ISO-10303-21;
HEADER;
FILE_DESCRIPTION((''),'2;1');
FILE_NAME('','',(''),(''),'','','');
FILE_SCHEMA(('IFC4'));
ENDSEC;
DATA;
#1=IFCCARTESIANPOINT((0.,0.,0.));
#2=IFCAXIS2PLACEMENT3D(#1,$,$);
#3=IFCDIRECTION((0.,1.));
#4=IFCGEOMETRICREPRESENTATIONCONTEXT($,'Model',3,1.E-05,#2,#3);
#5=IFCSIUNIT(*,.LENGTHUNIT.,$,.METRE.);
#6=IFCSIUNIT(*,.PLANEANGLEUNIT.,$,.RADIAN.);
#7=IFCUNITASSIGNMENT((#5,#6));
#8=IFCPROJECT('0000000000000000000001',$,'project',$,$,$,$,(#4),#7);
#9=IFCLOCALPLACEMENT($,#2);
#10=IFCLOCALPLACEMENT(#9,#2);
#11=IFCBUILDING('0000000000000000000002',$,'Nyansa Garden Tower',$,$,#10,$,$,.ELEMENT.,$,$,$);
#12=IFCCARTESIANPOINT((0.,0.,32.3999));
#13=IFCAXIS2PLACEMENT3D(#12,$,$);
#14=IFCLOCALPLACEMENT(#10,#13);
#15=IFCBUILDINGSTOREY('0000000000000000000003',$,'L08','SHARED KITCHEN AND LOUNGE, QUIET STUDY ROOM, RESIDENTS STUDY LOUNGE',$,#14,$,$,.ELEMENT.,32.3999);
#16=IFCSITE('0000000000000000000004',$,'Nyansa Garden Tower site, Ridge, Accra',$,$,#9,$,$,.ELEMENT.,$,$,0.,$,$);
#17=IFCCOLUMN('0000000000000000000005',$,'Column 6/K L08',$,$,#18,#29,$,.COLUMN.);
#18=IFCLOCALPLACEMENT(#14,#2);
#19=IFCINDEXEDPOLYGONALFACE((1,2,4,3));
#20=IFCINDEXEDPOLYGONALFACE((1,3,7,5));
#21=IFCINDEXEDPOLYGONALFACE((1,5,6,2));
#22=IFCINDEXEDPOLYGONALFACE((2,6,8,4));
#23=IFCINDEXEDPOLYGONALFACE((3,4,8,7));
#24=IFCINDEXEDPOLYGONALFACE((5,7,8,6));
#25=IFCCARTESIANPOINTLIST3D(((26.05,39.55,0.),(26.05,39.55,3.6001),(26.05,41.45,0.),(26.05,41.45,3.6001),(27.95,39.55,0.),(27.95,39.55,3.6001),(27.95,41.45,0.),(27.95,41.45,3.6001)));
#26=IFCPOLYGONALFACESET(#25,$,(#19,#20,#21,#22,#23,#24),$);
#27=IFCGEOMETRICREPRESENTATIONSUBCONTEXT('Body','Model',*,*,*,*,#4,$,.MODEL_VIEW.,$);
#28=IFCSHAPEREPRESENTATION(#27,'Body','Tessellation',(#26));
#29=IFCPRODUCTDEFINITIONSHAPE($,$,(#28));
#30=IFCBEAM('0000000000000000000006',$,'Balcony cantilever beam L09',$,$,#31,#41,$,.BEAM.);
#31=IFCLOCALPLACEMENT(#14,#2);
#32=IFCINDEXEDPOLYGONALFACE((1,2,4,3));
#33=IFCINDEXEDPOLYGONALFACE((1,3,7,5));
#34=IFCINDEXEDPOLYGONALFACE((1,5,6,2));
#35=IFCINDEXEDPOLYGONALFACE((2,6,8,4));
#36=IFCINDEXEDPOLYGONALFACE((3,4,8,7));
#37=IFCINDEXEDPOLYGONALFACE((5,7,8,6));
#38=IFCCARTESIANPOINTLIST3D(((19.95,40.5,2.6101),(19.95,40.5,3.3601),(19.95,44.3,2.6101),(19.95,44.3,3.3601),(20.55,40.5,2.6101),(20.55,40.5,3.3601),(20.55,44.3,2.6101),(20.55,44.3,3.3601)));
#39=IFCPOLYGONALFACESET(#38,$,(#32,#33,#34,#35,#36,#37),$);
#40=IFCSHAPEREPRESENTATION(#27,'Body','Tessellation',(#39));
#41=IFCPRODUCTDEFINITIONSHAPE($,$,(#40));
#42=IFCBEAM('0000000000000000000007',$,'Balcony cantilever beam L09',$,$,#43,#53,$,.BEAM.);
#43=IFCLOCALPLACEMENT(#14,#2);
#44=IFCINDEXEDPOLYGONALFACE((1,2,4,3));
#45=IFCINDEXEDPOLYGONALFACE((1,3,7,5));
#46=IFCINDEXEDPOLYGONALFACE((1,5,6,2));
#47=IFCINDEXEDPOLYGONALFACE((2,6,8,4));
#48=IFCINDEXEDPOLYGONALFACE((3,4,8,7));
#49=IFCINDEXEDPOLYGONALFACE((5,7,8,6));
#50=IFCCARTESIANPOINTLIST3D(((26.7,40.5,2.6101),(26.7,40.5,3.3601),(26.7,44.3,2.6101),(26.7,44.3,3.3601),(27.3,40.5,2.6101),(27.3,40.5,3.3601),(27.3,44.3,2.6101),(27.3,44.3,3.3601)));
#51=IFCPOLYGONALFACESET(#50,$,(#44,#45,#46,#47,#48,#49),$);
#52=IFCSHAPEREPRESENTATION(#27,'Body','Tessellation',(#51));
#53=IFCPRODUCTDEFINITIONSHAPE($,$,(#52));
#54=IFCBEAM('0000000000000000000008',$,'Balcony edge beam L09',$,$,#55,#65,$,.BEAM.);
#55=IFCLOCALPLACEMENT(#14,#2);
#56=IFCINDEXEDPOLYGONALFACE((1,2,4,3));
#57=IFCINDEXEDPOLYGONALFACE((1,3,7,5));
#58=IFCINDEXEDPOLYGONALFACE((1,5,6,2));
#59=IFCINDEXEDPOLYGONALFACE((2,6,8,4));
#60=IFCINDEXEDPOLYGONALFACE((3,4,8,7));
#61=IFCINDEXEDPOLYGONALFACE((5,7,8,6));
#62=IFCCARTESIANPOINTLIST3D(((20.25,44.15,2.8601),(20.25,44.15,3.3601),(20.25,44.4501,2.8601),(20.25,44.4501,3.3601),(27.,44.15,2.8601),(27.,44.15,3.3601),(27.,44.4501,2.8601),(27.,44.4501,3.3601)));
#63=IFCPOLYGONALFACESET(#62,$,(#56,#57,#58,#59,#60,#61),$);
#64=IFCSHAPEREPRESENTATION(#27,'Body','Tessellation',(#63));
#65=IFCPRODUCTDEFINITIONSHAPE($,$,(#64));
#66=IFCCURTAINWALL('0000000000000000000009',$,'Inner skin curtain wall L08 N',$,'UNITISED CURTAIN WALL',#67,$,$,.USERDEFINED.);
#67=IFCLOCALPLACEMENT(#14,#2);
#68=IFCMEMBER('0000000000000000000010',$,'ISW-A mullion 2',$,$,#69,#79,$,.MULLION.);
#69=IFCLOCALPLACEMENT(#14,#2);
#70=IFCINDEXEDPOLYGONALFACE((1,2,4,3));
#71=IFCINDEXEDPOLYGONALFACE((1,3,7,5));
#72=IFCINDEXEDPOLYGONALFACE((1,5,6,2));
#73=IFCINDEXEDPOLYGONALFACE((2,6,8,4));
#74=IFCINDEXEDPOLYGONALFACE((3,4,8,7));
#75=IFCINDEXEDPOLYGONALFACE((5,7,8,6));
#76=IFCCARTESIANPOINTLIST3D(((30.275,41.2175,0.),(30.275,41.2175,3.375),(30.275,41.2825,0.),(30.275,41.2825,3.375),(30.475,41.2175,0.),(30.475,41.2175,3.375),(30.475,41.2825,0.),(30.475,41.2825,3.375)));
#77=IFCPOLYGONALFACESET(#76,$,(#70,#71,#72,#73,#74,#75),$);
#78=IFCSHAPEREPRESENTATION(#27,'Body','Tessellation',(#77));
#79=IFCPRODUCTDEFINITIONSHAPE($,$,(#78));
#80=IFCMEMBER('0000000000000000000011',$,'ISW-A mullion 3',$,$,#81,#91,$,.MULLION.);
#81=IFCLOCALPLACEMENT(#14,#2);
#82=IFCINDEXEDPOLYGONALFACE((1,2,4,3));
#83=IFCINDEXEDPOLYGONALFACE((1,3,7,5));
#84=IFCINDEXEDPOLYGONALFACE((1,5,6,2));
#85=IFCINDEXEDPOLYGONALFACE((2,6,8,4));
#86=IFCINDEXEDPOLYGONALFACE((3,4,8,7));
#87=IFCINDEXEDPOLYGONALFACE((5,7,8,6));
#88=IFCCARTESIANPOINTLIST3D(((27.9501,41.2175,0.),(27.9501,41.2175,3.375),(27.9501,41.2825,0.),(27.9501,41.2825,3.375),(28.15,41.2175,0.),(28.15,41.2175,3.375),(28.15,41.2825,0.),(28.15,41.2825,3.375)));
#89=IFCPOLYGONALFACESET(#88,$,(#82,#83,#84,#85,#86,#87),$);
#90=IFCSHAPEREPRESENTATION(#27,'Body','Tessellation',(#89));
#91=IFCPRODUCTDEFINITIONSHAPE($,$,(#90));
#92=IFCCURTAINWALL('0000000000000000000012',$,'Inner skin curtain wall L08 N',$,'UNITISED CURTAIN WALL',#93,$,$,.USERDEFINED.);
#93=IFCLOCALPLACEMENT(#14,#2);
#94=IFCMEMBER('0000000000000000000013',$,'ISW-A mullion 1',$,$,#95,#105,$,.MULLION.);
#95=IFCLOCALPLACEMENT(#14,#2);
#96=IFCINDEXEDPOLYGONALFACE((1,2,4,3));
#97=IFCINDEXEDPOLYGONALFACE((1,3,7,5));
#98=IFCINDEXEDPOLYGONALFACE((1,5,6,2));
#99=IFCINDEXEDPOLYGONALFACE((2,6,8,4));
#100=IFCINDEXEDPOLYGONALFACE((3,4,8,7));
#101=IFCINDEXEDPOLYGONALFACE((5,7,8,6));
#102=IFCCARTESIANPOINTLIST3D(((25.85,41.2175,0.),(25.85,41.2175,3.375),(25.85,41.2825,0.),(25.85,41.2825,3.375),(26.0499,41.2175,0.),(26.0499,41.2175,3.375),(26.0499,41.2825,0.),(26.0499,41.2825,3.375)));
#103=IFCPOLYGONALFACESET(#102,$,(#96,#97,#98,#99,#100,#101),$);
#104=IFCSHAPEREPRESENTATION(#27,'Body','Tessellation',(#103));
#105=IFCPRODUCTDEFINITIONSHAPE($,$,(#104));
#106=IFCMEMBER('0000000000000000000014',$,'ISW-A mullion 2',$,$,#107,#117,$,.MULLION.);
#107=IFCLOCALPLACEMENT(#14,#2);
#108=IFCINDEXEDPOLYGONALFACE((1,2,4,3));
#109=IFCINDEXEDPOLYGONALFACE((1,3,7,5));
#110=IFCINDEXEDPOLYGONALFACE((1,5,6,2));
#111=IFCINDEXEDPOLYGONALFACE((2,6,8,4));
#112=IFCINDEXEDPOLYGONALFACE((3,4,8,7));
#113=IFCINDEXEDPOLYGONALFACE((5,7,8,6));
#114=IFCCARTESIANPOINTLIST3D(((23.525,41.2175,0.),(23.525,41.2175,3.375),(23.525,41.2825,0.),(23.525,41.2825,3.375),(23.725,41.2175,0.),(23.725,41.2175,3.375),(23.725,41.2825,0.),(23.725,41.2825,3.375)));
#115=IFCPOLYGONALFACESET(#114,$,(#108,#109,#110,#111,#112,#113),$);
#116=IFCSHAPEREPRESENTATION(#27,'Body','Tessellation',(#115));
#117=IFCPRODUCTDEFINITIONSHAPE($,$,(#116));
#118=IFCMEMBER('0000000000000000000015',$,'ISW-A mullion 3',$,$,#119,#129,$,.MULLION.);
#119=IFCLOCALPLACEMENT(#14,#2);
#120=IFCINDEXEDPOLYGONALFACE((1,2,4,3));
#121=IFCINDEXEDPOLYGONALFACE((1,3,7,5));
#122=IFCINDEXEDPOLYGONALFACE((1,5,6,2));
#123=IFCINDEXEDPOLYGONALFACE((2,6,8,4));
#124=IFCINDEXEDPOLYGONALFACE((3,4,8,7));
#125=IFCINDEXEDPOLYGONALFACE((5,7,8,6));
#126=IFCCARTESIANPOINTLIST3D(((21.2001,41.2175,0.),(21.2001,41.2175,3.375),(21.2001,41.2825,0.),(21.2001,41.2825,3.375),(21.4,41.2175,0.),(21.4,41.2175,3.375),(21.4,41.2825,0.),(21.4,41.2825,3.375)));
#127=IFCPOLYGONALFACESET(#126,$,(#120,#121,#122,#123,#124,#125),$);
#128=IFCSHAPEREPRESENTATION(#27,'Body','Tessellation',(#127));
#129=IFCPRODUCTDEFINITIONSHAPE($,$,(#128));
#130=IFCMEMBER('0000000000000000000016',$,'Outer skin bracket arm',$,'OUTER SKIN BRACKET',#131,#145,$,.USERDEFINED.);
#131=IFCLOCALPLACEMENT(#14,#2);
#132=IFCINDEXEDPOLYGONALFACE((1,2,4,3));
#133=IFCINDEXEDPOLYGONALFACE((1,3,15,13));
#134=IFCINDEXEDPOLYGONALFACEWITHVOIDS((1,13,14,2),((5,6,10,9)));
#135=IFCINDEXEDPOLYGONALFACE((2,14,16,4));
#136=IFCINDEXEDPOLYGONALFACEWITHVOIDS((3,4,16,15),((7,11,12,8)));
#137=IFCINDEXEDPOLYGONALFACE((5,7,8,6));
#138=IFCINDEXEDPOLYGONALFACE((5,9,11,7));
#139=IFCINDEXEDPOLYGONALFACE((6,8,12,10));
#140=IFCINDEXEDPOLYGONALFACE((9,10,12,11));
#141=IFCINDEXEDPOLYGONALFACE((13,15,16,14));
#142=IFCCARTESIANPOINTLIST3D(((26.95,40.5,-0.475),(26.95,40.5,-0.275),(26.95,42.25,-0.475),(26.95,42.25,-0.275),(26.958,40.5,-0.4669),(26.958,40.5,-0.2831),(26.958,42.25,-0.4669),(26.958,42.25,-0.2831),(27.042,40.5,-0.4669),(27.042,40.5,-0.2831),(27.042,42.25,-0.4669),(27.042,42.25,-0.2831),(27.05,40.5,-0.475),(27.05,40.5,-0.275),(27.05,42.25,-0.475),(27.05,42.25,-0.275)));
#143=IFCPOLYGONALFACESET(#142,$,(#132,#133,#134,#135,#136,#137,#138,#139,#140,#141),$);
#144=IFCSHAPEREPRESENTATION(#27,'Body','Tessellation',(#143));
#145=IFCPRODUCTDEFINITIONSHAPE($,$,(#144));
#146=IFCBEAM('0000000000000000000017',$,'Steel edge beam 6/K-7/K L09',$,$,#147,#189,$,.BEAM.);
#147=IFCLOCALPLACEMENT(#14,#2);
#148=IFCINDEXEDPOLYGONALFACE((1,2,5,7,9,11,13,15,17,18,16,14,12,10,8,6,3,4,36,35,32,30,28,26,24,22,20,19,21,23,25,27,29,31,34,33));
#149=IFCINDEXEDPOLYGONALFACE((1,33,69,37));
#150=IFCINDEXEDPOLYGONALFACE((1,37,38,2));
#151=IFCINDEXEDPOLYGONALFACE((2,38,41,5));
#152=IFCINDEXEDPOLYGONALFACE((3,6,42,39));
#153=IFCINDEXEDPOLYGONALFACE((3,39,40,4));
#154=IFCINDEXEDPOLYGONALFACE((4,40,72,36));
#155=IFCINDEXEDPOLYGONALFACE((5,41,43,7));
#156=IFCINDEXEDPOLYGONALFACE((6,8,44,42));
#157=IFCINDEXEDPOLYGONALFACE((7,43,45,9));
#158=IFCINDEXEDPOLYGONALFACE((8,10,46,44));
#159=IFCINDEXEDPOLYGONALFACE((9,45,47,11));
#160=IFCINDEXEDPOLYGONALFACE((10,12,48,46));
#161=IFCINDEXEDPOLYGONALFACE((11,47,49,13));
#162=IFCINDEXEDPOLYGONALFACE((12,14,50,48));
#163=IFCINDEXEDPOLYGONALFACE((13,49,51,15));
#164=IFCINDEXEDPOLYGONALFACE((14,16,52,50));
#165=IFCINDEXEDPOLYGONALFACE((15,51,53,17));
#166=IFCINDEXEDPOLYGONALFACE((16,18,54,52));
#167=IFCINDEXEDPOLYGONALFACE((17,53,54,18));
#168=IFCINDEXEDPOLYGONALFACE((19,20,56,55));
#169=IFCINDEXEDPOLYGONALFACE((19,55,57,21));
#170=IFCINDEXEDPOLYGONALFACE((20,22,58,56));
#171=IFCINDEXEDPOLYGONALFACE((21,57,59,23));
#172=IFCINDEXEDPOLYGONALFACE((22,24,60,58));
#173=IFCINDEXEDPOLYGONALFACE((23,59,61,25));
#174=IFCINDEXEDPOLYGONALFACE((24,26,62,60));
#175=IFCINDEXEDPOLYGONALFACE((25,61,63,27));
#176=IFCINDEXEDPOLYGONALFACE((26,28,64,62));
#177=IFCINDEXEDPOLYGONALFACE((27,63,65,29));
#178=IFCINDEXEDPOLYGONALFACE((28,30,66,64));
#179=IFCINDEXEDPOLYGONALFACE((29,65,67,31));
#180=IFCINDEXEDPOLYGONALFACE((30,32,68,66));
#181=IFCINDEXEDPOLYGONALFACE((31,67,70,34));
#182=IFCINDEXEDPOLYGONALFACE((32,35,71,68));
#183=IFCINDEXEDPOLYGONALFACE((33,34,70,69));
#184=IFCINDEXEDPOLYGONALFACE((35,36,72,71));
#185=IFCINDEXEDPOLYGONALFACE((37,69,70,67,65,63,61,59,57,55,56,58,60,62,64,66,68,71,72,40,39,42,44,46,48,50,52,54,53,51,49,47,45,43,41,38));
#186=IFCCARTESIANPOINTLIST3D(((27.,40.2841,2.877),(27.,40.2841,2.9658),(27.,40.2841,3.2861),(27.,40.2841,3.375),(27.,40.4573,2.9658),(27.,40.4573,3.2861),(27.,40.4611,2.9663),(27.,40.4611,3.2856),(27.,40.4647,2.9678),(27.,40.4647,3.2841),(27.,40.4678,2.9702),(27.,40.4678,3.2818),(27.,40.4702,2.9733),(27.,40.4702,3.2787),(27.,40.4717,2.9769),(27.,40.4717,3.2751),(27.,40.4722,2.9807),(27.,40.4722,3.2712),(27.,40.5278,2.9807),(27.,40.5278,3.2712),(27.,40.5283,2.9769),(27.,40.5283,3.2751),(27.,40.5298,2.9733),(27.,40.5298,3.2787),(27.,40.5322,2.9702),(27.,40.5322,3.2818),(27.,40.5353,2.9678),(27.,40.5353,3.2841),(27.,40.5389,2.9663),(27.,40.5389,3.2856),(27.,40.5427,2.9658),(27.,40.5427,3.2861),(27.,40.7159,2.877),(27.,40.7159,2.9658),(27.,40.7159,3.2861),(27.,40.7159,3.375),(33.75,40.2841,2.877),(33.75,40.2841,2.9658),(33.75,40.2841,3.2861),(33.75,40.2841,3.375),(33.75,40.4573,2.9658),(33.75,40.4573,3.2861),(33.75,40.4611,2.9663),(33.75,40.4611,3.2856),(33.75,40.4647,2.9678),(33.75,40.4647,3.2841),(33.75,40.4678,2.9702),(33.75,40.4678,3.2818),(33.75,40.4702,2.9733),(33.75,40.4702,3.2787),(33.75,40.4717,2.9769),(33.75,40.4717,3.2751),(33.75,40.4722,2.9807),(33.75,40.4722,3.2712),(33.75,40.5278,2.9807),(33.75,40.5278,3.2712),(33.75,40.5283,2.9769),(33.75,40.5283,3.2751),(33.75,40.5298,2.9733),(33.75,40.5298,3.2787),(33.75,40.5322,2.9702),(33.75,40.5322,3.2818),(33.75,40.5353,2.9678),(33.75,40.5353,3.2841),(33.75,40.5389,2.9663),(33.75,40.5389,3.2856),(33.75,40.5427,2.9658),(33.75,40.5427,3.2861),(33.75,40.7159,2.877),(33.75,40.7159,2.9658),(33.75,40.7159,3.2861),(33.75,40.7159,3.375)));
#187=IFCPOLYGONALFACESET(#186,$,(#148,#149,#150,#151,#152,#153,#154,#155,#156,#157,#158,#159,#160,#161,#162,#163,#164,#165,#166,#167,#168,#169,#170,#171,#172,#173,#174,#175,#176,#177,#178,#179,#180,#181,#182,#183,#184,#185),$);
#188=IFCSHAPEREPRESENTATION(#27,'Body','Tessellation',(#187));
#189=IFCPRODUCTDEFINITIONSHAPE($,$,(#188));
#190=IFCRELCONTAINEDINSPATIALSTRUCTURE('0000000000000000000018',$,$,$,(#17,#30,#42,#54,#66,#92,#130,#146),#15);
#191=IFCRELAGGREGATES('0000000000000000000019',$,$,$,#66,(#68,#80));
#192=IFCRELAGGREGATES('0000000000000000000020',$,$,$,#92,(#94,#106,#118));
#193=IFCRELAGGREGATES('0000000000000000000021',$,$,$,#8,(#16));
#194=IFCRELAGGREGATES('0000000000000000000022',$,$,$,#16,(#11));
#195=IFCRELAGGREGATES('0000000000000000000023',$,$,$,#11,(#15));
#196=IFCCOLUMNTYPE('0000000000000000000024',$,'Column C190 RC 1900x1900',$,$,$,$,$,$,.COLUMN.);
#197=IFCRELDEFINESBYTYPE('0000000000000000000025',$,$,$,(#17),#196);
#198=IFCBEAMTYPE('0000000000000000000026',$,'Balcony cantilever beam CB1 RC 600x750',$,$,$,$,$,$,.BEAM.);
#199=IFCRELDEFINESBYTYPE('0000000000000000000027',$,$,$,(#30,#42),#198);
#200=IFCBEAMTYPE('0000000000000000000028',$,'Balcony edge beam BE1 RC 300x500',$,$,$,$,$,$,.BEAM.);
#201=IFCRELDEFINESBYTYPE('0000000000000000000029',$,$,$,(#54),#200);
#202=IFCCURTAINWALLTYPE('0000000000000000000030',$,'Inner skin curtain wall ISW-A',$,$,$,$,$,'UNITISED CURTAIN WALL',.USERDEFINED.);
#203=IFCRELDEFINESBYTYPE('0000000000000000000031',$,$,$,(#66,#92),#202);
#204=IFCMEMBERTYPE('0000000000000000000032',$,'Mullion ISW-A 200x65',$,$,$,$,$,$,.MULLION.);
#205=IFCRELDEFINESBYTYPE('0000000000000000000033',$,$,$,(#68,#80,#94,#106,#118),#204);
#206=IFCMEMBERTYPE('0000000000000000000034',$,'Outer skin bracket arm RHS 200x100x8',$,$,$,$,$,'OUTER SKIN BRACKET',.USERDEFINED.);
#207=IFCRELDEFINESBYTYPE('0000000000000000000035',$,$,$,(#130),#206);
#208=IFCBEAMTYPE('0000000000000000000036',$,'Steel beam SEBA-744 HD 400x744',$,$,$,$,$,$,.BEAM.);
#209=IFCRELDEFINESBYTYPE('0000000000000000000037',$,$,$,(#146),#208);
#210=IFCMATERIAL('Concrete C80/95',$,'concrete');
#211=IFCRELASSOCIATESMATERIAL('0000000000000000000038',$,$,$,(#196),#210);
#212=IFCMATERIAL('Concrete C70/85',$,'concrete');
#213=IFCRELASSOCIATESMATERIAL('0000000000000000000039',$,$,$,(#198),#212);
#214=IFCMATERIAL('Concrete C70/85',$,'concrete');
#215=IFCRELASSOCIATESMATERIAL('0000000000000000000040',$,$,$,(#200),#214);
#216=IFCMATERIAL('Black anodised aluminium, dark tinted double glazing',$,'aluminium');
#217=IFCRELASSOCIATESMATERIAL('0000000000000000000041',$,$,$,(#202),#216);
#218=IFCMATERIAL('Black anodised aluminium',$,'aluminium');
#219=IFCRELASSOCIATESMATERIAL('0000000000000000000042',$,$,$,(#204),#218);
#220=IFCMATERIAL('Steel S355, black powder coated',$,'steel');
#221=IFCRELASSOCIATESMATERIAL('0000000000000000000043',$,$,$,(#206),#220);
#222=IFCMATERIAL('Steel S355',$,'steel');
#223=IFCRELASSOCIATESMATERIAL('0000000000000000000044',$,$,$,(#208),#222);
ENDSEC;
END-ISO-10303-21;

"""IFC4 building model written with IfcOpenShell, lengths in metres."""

from ifc_helpers import new_model, si_unit, direction, frame, origin, origin_2d, place, context, subcontext, project, spatial, rectangle, hollow_rectangle, i_section, extrude, material, material_profile, profile_set, type_object, element, aggregate, save


model = new_model("IFC4")

# Units and contexts
model_context = context("Model", 3, precision=1e-05, world=origin(), true_north=direction((0.0, 1.0)))
body_context = subcontext(model_context, "Body", "Model", "MODEL_VIEW")
ifc_project = project(units=[si_unit("LENGTHUNIT", "METRE"), si_unit("PLANEANGLEUNIT", "RADIAN")], contexts=[model_context])

# Site, building, storey
site_placement = place(None, origin())
site = spatial("IfcSite", under=ifc_project, at=site_placement, Name="Nyansa Garden Tower site, Ridge, Accra", CompositionType="ELEMENT", RefElevation=0.0)
building_placement = place(site_placement, origin())
building = spatial("IfcBuilding", under=site, at=building_placement, Name="Nyansa Garden Tower", CompositionType="ELEMENT")
storey_placement = place(building_placement, frame((0.0, 0.0, 32.3999)))
storey = spatial("IfcBuildingStorey", under=building, at=storey_placement, Name="L08", Description="SHARED KITCHEN AND LOUNGE, QUIET STUDY ROOM, RESIDENTS STUDY LOUNGE", CompositionType="ELEMENT", Elevation=32.3999)

# Column
ifc_material_1 = material(Name="Concrete C80/95", Category="concrete")
ifc_material_profile_1 = material_profile(ifc_material_1, rectangle(XDim=1.8999, YDim=1.8999, at=origin_2d()), Name="RC 1900x1900")
ifc_profile_set_1 = profile_set([ifc_material_profile_1], Name="Concrete C80/95")
column_type = type_object("IfcColumnType", Name="Column C190 RC 1900x1900", PredefinedType="COLUMN", material=ifc_profile_set_1)
column_placement = place(storey_placement, frame((27.0, 40.5, 0.0), z_axis=(0.0, 0.0, 1.0), x_axis=(1.0, 0.0, 0.0)))
element("IfcColumn", 1, at=column_placement, inside=storey, type_object=column_type, Name="Column 6/K L08", PredefinedType="COLUMN", context=body_context, shape_type="SweptSolid", body=[
    extrude(rectangle(XDim=1.8999, YDim=1.8999, at=origin_2d()), origin(), (0.0, 0.0, 1.0), 3.6001),
])

# Beams
ifc_material_2 = material(Name="Concrete C70/85", Category="concrete")
ifc_material_profile_2 = material_profile(ifc_material_2, rectangle(XDim=0.6001, YDim=0.75, at=origin_2d()), Name="RC 600x750")
ifc_profile_set_2 = profile_set([ifc_material_profile_2], Name="Concrete C70/85")
beam_type_1 = type_object("IfcBeamType", Name="Balcony cantilever beam CB1 RC 600x750", PredefinedType="BEAM", material=ifc_profile_set_2)
for number, where, z_axis, x_axis, name in (
    (2, (20.25, 40.5, 2.9851), (0.0, 1.0, 0.0), (-1.0, 0.0, 0.0), "Balcony cantilever beam L09"),
    (3, (27.0, 40.5, 2.9851), (0.0, 1.0, 0.0), (-1.0, 0.0, 0.0), "Balcony cantilever beam L09"),
):
    element("IfcBeam", number, at=place(storey_placement, frame(where, z_axis=z_axis, x_axis=x_axis)), inside=storey, type_object=beam_type_1, Name=name, PredefinedType="BEAM", context=body_context, shape_type="SweptSolid", body=[
        extrude(rectangle(XDim=0.6001, YDim=0.75, at=origin_2d()), origin(), (0.0, 0.0, 1.0), 3.8),
    ])
ifc_material_3 = material(Name="Concrete C70/85", Category="concrete")
ifc_material_profile_3 = material_profile(ifc_material_3, rectangle(XDim=0.3, YDim=0.5, at=origin_2d()), Name="RC 300x500")
ifc_profile_set_3 = profile_set([ifc_material_profile_3], Name="Concrete C70/85")
beam_type_2 = type_object("IfcBeamType", Name="Balcony edge beam BE1 RC 300x500", PredefinedType="BEAM", material=ifc_profile_set_3)
beam_1_placement = place(storey_placement, frame((20.25, 44.3, 3.1101), z_axis=(1.0, 0.0, 0.0), x_axis=(0.0, 1.0, 0.0)))
element("IfcBeam", 4, at=beam_1_placement, inside=storey, type_object=beam_type_2, Name="Balcony edge beam L09", PredefinedType="BEAM", context=body_context, shape_type="SweptSolid", body=[
    extrude(rectangle(XDim=0.3, YDim=0.5, at=origin_2d()), origin(), (0.0, 0.0, 1.0), 6.75),
])

# Curtain walls, members
ifc_material_4 = material(Name="Black anodised aluminium, dark tinted double glazing", Category="aluminium")
curtain_wall_type = type_object("IfcCurtainWallType", Name="Inner skin curtain wall ISW-A", ElementType="UNITISED CURTAIN WALL", PredefinedType="USERDEFINED", material=ifc_material_4)
curtain_wall_1_placement = place(storey_placement, origin())
curtain_wall_1 = element("IfcCurtainWall", 5, at=curtain_wall_1_placement, inside=storey, type_object=curtain_wall_type, Name="Inner skin curtain wall L08 N", ObjectType="UNITISED CURTAIN WALL", PredefinedType="USERDEFINED")
ifc_material_5 = material(Name="Black anodised aluminium", Category="aluminium")
ifc_material_profile_4 = material_profile(ifc_material_5, rectangle(XDim=0.0649, YDim=0.2, at=origin_2d()), Name="Mullion 200x65")
ifc_profile_set_4 = profile_set([ifc_material_profile_4], Name="Black anodised aluminium")
member_type_1 = type_object("IfcMemberType", Name="Mullion ISW-A 200x65", PredefinedType="MULLION", material=ifc_profile_set_4)
member_1_placement = place(storey_placement, frame((30.375, 41.25, 0.0), z_axis=(0.0, 0.0, 1.0), x_axis=(0.0, -1.0, 0.0)))
member_1 = element("IfcMember", 6, at=member_1_placement, type_object=member_type_1, Name="ISW-A mullion 2", PredefinedType="MULLION", context=body_context, shape_type="SweptSolid", body=[
    extrude(rectangle(XDim=0.0649, YDim=0.2, at=origin_2d()), origin(), (0.0, 0.0, 1.0), 3.375),
])
member_2_placement = place(storey_placement, frame((28.05, 41.25, 0.0), z_axis=(0.0, 0.0, 1.0), x_axis=(0.0, -1.0, 0.0)))
member_2 = element("IfcMember", 7, at=member_2_placement, type_object=member_type_1, Name="ISW-A mullion 3", PredefinedType="MULLION", context=body_context, shape_type="SweptSolid", body=[
    extrude(rectangle(XDim=0.0649, YDim=0.2, at=origin_2d()), origin(), (0.0, 0.0, 1.0), 3.375),
])
curtain_wall_2_placement = place(storey_placement, origin())
curtain_wall_2 = element("IfcCurtainWall", 8, at=curtain_wall_2_placement, inside=storey, type_object=curtain_wall_type, Name="Inner skin curtain wall L08 N", ObjectType="UNITISED CURTAIN WALL", PredefinedType="USERDEFINED")
member_3_placement = place(storey_placement, frame((25.95, 41.25, 0.0), z_axis=(0.0, 0.0, 1.0), x_axis=(0.0, -1.0, 0.0)))
member_3 = element("IfcMember", 9, at=member_3_placement, type_object=member_type_1, Name="ISW-A mullion 1", PredefinedType="MULLION", context=body_context, shape_type="SweptSolid", body=[
    extrude(rectangle(XDim=0.0649, YDim=0.2, at=origin_2d()), origin(), (0.0, 0.0, 1.0), 3.375),
])
member_4_placement = place(storey_placement, frame((23.625, 41.25, 0.0), z_axis=(0.0, 0.0, 1.0), x_axis=(0.0, -1.0, 0.0)))
member_4 = element("IfcMember", 10, at=member_4_placement, type_object=member_type_1, Name="ISW-A mullion 2", PredefinedType="MULLION", context=body_context, shape_type="SweptSolid", body=[
    extrude(rectangle(XDim=0.0649, YDim=0.2, at=origin_2d()), origin(), (0.0, 0.0, 1.0), 3.375),
])
member_5_placement = place(storey_placement, frame((21.3, 41.25, 0.0), z_axis=(0.0, 0.0, 1.0), x_axis=(0.0, -1.0, 0.0)))
member_5 = element("IfcMember", 11, at=member_5_placement, type_object=member_type_1, Name="ISW-A mullion 3", PredefinedType="MULLION", context=body_context, shape_type="SweptSolid", body=[
    extrude(rectangle(XDim=0.0649, YDim=0.2, at=origin_2d()), origin(), (0.0, 0.0, 1.0), 3.375),
])

# Member
ifc_material_6 = material(Name="Steel S355, black powder coated", Category="steel")
ifc_material_profile_5 = material_profile(ifc_material_6, hollow_rectangle(XDim=0.1001, YDim=0.2, WallThickness=0.0081, at=origin_2d()), Name="RHS 200x100x8")
ifc_profile_set_5 = profile_set([ifc_material_profile_5], Name="Steel S355, black powder coated")
member_type_2 = type_object("IfcMemberType", Name="Outer skin bracket arm RHS 200x100x8", ElementType="OUTER SKIN BRACKET", PredefinedType="USERDEFINED", material=ifc_profile_set_5)
member_6_placement = place(storey_placement, frame((27.0, 40.5, -0.375), z_axis=(0.0, 1.0, 0.0), x_axis=(-1.0, 0.0, 0.0)))
element("IfcMember", 12, at=member_6_placement, inside=storey, type_object=member_type_2, Name="Outer skin bracket arm", ObjectType="OUTER SKIN BRACKET", PredefinedType="USERDEFINED", context=body_context, shape_type="SweptSolid", body=[
    extrude(hollow_rectangle(XDim=0.1001, YDim=0.2, WallThickness=0.0081, at=origin_2d()), origin(), (0.0, 0.0, 1.0), 1.75),
])

# Beam
ifc_material_7 = material(Name="Steel S355", Category="steel")
ifc_material_profile_6 = material_profile(ifc_material_7, i_section(OverallWidth=0.4319, OverallDepth=0.498, WebThickness=0.0557, FlangeThickness=0.0889, FilletRadius=0.0149, at=origin_2d()), Name="HD 400x744")
ifc_profile_set_6 = profile_set([ifc_material_profile_6], Name="Steel S355")
beam_type_3 = type_object("IfcBeamType", Name="Steel beam SEBA-744 HD 400x744", PredefinedType="BEAM", material=ifc_profile_set_6)
beam_2_placement = place(storey_placement, frame((27.0, 40.5, 3.126), z_axis=(1.0, 0.0, 0.0), x_axis=(0.0, 1.0, 0.0)))
element("IfcBeam", 13, at=beam_2_placement, inside=storey, type_object=beam_type_3, Name="Steel edge beam 6/K-7/K L09", PredefinedType="BEAM", context=body_context, shape_type="SweptSolid", body=[
    extrude(i_section(OverallWidth=0.4319, OverallDepth=0.498, WebThickness=0.0557, FlangeThickness=0.0889, FilletRadius=0.0149, at=origin_2d()), origin(), (0.0, 0.0, 1.0), 6.75),
])

aggregate(curtain_wall_1, [member_1, member_2])
aggregate(curtain_wall_2, [member_3, member_4, member_5])

save(model, "model.ifc")
